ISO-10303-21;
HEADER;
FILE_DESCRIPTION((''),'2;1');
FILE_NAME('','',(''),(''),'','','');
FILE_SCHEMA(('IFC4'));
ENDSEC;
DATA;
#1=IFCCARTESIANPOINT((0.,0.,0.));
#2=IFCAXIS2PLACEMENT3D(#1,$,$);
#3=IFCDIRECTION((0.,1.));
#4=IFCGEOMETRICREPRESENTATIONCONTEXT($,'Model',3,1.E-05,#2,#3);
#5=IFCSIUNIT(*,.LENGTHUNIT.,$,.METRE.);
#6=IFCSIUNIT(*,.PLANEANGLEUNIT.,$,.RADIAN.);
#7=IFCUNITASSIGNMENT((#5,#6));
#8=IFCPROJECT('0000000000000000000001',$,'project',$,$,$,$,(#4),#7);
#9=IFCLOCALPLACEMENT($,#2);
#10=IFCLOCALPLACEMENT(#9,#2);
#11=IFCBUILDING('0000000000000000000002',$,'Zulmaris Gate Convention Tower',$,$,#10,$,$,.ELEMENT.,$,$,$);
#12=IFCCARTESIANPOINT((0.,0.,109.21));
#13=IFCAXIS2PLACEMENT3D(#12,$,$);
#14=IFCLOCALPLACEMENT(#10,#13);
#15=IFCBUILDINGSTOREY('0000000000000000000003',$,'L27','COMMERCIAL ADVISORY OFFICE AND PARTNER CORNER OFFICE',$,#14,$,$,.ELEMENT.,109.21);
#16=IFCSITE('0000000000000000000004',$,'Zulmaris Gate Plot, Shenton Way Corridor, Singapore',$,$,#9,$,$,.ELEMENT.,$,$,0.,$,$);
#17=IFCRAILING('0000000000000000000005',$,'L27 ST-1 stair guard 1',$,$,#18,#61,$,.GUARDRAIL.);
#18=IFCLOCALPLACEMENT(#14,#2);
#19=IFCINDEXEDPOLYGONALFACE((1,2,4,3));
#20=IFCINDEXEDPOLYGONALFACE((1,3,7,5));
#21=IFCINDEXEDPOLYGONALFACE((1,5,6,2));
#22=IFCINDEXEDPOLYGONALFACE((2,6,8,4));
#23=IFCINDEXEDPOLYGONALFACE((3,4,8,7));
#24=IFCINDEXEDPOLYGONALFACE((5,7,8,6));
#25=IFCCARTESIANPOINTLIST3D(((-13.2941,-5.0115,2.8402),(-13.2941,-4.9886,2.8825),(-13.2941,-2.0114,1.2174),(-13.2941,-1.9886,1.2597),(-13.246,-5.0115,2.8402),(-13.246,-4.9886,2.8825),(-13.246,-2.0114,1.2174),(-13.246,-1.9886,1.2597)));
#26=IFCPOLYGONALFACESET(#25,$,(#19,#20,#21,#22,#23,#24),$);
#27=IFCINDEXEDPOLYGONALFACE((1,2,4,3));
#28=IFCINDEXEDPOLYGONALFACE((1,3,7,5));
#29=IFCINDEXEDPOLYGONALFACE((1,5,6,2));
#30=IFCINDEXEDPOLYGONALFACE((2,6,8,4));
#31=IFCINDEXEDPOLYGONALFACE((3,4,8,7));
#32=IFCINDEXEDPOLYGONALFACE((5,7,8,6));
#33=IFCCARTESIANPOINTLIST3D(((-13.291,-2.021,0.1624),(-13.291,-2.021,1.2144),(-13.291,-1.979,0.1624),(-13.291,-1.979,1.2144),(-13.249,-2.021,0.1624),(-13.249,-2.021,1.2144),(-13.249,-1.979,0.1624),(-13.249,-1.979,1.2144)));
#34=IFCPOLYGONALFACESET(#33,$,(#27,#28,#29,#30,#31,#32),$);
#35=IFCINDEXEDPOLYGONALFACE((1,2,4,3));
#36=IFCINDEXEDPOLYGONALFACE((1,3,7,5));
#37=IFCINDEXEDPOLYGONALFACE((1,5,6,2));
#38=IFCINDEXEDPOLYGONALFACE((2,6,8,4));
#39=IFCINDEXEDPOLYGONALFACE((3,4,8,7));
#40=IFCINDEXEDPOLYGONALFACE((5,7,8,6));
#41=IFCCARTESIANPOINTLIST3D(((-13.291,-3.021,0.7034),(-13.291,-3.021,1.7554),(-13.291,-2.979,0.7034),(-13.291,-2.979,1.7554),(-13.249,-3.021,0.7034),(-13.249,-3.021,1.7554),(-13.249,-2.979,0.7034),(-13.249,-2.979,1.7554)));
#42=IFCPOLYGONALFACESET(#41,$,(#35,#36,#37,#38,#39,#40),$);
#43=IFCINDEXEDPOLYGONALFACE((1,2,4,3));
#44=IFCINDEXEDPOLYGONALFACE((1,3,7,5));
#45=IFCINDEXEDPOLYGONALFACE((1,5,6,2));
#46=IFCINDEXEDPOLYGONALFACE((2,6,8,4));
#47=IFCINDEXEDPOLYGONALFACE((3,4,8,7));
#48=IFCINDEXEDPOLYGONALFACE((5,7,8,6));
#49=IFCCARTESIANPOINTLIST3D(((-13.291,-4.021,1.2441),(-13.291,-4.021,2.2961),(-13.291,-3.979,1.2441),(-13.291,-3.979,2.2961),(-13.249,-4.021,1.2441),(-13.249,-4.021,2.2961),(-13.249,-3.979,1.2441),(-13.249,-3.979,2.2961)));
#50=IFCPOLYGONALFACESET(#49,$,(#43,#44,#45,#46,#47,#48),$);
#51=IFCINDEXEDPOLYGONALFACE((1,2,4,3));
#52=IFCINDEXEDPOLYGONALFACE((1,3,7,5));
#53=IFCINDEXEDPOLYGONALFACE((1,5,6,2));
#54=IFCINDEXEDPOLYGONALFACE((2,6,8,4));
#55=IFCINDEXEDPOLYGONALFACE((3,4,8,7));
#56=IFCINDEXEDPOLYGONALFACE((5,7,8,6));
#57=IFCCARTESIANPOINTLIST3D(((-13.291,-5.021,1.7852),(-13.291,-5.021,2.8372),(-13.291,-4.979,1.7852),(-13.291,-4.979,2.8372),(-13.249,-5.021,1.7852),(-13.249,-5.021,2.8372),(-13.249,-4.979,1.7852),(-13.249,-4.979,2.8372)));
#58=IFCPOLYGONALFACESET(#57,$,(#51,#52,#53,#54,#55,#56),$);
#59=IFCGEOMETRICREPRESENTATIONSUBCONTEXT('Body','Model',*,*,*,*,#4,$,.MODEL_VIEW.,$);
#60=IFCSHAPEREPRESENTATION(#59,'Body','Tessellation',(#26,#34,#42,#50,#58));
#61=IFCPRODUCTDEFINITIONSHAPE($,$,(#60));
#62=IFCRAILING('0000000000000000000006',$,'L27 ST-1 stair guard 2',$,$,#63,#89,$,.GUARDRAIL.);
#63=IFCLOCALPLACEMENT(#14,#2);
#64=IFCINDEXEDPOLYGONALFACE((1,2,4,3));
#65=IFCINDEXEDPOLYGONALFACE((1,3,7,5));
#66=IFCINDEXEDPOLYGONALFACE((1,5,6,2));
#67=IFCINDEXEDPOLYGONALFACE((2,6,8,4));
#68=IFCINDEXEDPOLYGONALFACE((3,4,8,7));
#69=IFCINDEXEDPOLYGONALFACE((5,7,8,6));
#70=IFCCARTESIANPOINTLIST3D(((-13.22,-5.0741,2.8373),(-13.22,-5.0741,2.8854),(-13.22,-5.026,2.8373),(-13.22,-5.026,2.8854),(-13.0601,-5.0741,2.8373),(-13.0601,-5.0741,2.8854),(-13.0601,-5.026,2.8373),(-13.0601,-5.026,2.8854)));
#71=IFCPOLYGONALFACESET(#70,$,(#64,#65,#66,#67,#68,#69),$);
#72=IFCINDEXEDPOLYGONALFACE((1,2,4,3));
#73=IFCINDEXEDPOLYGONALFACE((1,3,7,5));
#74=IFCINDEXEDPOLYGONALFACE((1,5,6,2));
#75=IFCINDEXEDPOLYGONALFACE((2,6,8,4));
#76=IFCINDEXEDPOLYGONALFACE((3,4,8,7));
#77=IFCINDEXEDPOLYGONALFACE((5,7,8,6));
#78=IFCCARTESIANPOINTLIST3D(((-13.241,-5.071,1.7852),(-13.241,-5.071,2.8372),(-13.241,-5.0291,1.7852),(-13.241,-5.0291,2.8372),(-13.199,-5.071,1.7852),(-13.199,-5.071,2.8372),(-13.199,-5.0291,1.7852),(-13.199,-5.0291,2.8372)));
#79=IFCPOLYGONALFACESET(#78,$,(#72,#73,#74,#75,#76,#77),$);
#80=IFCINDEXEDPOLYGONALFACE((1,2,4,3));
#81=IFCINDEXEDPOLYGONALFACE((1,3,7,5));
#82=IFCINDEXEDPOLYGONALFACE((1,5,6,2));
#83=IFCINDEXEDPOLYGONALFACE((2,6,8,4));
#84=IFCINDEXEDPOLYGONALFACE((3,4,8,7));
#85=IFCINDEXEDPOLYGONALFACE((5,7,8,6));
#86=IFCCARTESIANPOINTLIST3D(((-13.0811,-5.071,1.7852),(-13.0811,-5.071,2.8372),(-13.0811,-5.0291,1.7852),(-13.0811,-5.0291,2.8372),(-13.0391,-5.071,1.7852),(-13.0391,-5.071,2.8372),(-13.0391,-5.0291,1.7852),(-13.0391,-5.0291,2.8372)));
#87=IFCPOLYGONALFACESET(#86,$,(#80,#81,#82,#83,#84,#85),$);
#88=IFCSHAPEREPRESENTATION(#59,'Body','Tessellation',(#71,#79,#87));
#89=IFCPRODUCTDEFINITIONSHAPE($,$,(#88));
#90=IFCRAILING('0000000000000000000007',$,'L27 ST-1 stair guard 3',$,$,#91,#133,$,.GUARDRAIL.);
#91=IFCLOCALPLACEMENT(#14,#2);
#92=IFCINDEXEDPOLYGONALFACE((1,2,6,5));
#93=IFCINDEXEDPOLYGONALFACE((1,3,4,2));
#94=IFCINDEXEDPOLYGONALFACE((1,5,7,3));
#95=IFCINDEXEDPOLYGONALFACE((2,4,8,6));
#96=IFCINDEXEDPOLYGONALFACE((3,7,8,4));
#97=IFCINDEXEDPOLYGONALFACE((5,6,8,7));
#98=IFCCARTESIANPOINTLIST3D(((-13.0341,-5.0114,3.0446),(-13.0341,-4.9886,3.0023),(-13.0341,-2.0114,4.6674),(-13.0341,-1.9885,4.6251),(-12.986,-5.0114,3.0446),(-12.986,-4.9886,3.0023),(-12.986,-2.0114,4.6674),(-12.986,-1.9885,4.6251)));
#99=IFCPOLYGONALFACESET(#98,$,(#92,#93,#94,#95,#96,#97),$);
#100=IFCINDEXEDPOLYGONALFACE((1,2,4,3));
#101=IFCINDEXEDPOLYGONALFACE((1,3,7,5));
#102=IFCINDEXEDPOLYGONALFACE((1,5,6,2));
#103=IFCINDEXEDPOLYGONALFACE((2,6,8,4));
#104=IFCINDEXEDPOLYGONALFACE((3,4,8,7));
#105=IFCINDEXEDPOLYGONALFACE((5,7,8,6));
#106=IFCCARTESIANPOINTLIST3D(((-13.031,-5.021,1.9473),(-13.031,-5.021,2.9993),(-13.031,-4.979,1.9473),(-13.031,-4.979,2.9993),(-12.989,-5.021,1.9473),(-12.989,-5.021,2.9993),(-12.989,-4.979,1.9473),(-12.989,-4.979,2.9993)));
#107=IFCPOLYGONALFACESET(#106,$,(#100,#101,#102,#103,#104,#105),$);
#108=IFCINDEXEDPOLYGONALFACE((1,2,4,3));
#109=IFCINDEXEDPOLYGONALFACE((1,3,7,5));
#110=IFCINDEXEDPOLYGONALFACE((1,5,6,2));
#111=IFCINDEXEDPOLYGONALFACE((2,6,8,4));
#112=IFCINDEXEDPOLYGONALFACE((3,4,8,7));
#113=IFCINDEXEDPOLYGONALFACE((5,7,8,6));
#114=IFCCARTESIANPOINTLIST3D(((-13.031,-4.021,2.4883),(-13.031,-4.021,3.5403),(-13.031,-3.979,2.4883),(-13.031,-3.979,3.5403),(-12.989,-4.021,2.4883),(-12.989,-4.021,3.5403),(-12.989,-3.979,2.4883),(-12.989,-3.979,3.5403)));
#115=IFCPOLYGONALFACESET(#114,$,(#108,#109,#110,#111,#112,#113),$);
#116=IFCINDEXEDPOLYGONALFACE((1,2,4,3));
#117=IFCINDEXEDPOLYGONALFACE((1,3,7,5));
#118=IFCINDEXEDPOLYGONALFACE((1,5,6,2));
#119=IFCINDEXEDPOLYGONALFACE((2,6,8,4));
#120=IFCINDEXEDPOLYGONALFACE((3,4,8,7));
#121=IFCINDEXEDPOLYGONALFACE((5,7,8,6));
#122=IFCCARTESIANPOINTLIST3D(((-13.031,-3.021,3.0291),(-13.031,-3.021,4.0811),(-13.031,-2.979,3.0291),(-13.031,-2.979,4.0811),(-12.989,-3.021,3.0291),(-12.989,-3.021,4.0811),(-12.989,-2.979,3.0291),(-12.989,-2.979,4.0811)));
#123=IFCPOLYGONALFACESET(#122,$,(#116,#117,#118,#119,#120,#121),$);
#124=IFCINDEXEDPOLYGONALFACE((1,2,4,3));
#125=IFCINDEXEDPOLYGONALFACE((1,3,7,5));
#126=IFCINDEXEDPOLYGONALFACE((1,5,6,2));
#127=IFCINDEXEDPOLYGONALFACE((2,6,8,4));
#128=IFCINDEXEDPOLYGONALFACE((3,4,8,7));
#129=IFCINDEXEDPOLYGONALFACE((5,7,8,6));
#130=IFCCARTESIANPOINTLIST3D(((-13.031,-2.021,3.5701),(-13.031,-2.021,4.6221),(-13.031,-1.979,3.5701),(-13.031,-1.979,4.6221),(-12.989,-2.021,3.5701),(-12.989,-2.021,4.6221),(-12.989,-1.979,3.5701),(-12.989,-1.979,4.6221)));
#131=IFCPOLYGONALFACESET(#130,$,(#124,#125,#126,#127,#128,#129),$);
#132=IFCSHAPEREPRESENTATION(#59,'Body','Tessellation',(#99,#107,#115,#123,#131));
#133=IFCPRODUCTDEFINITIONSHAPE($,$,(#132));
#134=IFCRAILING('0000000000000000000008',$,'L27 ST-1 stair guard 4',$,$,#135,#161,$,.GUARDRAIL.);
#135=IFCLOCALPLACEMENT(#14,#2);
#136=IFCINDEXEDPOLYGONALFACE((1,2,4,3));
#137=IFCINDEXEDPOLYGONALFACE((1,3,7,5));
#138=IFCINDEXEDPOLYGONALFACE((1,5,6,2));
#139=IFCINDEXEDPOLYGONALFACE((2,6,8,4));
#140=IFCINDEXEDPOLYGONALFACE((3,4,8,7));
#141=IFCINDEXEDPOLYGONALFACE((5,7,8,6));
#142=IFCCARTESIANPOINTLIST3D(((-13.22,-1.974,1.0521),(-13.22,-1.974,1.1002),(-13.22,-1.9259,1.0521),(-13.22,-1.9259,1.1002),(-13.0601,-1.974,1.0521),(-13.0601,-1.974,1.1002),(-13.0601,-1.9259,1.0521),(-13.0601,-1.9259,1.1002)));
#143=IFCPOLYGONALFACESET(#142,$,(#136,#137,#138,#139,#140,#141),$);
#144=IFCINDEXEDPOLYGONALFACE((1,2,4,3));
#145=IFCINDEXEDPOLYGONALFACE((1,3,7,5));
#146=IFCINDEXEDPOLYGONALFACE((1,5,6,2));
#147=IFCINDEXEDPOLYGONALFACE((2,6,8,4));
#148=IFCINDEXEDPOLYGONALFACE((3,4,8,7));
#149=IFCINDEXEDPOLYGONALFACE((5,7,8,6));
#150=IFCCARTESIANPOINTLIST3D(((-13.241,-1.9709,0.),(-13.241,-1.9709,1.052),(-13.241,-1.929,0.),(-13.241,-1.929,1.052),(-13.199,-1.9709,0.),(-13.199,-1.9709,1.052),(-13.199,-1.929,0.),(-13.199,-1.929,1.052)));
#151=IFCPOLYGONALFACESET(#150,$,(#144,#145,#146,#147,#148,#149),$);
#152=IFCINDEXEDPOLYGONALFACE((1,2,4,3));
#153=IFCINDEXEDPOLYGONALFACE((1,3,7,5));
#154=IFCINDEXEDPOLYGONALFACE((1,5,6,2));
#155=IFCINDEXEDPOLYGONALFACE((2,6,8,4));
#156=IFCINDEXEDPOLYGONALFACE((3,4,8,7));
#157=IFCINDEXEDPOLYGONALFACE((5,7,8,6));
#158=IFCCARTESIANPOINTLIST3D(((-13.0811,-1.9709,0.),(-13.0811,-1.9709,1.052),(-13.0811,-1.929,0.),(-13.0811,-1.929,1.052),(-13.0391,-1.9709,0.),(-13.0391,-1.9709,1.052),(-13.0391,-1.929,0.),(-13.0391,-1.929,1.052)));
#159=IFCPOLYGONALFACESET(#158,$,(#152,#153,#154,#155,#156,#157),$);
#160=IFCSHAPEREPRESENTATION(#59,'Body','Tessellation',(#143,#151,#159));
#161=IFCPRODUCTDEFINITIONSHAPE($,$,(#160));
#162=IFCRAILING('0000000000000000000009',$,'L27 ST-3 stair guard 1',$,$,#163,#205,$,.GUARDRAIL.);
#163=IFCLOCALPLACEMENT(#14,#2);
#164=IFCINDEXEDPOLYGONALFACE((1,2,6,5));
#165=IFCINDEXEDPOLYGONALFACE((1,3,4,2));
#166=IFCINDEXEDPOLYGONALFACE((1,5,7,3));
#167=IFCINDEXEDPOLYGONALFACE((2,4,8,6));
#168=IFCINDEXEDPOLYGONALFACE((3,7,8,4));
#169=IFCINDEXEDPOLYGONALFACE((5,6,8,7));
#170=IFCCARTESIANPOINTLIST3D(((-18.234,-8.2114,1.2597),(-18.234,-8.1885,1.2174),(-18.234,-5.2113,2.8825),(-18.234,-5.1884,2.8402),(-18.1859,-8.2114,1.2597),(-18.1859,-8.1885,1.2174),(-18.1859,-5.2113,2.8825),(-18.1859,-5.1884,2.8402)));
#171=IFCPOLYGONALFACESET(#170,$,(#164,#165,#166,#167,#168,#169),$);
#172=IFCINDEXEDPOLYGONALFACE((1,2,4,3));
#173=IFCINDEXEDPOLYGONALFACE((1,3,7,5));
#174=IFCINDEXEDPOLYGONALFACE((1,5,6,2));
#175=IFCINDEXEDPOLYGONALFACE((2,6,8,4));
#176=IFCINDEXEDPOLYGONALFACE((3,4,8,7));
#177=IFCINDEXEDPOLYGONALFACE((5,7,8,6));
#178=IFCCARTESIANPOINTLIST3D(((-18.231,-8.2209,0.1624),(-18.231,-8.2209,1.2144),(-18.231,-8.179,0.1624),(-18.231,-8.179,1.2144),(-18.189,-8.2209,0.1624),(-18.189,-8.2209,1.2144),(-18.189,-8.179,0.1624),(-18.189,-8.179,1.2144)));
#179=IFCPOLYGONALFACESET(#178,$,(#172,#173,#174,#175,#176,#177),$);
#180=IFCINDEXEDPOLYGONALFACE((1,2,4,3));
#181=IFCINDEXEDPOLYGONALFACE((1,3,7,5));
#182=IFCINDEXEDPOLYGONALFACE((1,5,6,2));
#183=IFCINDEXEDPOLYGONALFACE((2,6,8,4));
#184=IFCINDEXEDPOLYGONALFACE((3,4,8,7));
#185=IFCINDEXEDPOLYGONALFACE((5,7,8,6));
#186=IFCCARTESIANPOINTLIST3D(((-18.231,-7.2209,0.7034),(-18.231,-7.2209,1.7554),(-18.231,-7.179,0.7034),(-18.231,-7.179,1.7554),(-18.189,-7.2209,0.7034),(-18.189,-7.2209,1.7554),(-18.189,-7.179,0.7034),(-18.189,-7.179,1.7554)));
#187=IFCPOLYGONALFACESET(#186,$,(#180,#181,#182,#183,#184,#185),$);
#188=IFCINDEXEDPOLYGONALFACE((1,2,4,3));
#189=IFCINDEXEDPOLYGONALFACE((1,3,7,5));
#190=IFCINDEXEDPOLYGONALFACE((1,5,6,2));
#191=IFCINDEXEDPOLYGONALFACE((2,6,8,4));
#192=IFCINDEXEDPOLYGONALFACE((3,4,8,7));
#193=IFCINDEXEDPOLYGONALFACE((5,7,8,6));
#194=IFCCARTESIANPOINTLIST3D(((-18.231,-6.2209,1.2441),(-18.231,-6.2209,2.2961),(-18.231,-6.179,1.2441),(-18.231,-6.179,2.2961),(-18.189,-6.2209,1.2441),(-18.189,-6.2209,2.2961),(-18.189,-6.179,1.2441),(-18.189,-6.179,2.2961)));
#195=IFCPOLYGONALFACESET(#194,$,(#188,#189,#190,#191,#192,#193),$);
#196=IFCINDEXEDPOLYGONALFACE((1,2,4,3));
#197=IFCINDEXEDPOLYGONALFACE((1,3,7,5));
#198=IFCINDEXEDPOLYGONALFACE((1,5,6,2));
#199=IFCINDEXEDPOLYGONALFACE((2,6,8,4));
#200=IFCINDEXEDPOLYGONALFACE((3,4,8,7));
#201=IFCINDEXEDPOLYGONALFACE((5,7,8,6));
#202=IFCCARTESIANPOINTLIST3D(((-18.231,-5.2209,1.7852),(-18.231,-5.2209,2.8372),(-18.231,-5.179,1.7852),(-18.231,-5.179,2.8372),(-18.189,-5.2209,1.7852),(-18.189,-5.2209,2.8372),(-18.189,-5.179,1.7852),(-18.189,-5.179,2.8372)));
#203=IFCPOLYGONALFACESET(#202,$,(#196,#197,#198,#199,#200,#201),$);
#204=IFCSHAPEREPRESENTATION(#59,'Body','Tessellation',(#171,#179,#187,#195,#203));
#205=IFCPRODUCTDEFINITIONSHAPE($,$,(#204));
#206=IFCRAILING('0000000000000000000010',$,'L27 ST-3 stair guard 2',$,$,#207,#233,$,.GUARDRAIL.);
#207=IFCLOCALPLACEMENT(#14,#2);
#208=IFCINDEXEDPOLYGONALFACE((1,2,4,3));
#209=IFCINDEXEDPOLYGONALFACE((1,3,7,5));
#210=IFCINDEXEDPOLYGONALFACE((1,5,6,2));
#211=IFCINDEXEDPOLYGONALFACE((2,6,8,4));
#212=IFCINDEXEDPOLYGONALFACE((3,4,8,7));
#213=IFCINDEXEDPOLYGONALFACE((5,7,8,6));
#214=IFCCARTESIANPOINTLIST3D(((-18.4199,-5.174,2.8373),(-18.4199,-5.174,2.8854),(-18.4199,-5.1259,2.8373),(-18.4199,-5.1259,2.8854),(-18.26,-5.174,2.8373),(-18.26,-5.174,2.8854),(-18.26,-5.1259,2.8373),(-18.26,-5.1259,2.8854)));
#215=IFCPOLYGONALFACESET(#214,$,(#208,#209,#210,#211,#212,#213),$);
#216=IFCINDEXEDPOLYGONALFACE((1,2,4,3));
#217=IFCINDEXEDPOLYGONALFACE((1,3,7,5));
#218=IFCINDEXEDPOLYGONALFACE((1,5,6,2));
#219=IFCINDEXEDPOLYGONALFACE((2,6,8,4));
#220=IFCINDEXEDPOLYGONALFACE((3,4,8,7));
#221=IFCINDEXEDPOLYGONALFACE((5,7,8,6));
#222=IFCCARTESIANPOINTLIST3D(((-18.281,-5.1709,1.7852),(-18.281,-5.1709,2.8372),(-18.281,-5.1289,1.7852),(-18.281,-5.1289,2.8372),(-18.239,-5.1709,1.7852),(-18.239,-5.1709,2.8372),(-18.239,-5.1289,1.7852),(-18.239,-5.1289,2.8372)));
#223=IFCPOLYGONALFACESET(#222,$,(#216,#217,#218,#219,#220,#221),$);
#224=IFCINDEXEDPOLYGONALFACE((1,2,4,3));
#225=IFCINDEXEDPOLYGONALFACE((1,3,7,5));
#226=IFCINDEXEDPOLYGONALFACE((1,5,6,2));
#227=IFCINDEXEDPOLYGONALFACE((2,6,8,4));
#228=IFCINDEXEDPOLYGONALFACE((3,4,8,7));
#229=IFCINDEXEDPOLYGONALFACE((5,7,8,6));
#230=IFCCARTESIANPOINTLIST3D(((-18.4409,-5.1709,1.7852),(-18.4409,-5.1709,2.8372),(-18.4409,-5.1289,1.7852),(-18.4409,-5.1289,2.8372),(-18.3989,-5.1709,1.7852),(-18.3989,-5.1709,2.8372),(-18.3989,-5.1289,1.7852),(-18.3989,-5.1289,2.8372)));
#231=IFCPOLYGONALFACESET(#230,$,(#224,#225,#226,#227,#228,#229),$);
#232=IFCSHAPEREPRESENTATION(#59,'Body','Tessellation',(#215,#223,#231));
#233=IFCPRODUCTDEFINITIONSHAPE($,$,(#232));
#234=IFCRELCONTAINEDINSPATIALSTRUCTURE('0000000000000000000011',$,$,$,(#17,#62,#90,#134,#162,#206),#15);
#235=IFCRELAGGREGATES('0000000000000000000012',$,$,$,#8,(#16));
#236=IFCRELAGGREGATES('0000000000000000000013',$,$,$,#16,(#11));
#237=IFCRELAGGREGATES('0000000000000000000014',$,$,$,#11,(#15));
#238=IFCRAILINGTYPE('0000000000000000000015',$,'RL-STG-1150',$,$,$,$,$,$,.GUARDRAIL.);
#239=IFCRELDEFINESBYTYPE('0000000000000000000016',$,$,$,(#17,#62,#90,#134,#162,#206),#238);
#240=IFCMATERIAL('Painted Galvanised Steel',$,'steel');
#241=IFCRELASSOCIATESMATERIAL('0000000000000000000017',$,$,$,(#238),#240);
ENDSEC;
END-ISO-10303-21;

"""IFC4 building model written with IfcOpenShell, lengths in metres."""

from ifc_helpers import new_model, si_unit, direction, frame, origin, origin_2d, place, context, subcontext, project, spatial, rectangle, extrude, material, type_object, element, save


model = new_model("IFC4")

# Units and contexts
model_context = context("Model", 3, precision=1e-05, world=origin(), true_north=direction((0.0, 1.0)))
body_context = subcontext(model_context, "Body", "Model", "MODEL_VIEW")
ifc_project = project(units=[si_unit("LENGTHUNIT", "METRE"), si_unit("PLANEANGLEUNIT", "RADIAN")], contexts=[model_context])

# Site, building, storey
site_placement = place(None, origin())
site = spatial("IfcSite", under=ifc_project, at=site_placement, Name="Zulmaris Gate Plot, Shenton Way Corridor, Singapore", CompositionType="ELEMENT", RefElevation=0.0)
building_placement = place(site_placement, origin())
building = spatial("IfcBuilding", under=site, at=building_placement, Name="Zulmaris Gate Convention Tower", CompositionType="ELEMENT")
storey_placement = place(building_placement, frame((0.0, 0.0, 109.21)))
storey = spatial("IfcBuildingStorey", under=building, at=storey_placement, Name="L27", Description="COMMERCIAL ADVISORY OFFICE AND PARTNER CORNER OFFICE", CompositionType="ELEMENT", Elevation=109.21)

# Railings
ifc_material_1 = material(Name="Painted Galvanised Steel", Category="steel")
railing_type_1 = type_object("IfcRailingType", Name="RL-STG-1150", PredefinedType="GUARDRAIL", material=ifc_material_1)
railing_1_placement = place(storey_placement, frame((-13.27, -2.0, 0.1624)))
element("IfcRailing", 1, at=railing_1_placement, inside=storey, type_object=railing_type_1, Name="L27 ST-1 stair guard 1", PredefinedType="GUARDRAIL", context=body_context, shape_type="SweptSolid", body=[
    extrude(rectangle(XDim=0.0481, YDim=0.0481, at=origin_2d()), frame((0.0, 0.0, 1.0762), z_axis=(0.0, -0.879562, 0.475785), x_axis=(1.0, 0.0, 0.0)), (0.0, 0.0, 1.0), 3.4109),
    extrude(rectangle(XDim=0.042, YDim=0.042, at=origin_2d()), origin(), (0.0, 0.0, 1.0), 1.052),
    extrude(rectangle(XDim=0.042, YDim=0.042, at=origin_2d()), frame((0.0, -1.0, 0.541)), (0.0, 0.0, 1.0), 1.052),
    extrude(rectangle(XDim=0.042, YDim=0.042, at=origin_2d()), frame((0.0, -2.0, 1.0818)), (0.0, 0.0, 1.0), 1.052),
    extrude(rectangle(XDim=0.042, YDim=0.042, at=origin_2d()), frame((0.0, -3.0, 1.6228)), (0.0, 0.0, 1.0), 1.052),
])
railing_2_placement = place(storey_placement, frame((-13.22, -5.05, 1.7852)))
element("IfcRailing", 2, at=railing_2_placement, inside=storey, type_object=railing_type_1, Name="L27 ST-1 stair guard 2", PredefinedType="GUARDRAIL", context=body_context, shape_type="SweptSolid", body=[
    extrude(rectangle(XDim=0.0481, YDim=0.0481, at=origin_2d()), frame((0.0, 0.0, 1.0762), z_axis=(1.0, 0.0, 0.0), x_axis=(0.0, 1.0, 0.0)), (0.0, 0.0, 1.0), 0.1599),
    extrude(rectangle(XDim=0.042, YDim=0.042, at=origin_2d()), origin(), (0.0, 0.0, 1.0), 1.052),
    extrude(rectangle(XDim=0.042, YDim=0.042, at=origin_2d()), frame((0.1599, 0.0, 0.0)), (0.0, 0.0, 1.0), 1.052),
])
railing_3_placement = place(storey_placement, frame((-13.01, -5.0, 1.9473)))
element("IfcRailing", 3, at=railing_3_placement, inside=storey, type_object=railing_type_1, Name="L27 ST-1 stair guard 3", PredefinedType="GUARDRAIL", context=body_context, shape_type="SweptSolid", body=[
    extrude(rectangle(XDim=0.0481, YDim=0.0481, at=origin_2d()), frame((0.0, 0.0, 1.0762), z_axis=(0.0, 0.879562, 0.475785), x_axis=(-1.0, 0.0, 0.0)), (0.0, 0.0, 1.0), 3.4109),
    extrude(rectangle(XDim=0.042, YDim=0.042, at=origin_2d()), origin(), (0.0, 0.0, 1.0), 1.052),
    extrude(rectangle(XDim=0.042, YDim=0.042, at=origin_2d()), frame((0.0, 1.0, 0.541)), (0.0, 0.0, 1.0), 1.052),
    extrude(rectangle(XDim=0.042, YDim=0.042, at=origin_2d()), frame((0.0, 2.0, 1.0818)), (0.0, 0.0, 1.0), 1.052),
    extrude(rectangle(XDim=0.042, YDim=0.042, at=origin_2d()), frame((0.0, 3.0, 1.6228)), (0.0, 0.0, 1.0), 1.052),
])
railing_4_placement = place(storey_placement, frame((-13.22, -1.95, 0.0)))
element("IfcRailing", 4, at=railing_4_placement, inside=storey, type_object=railing_type_1, Name="L27 ST-1 stair guard 4", PredefinedType="GUARDRAIL", context=body_context, shape_type="SweptSolid", body=[
    extrude(rectangle(XDim=0.0481, YDim=0.0481, at=origin_2d()), frame((0.0, 0.0, 1.0762), z_axis=(1.0, 0.0, 0.0), x_axis=(0.0, 1.0, 0.0)), (0.0, 0.0, 1.0), 0.1599),
    extrude(rectangle(XDim=0.042, YDim=0.042, at=origin_2d()), origin(), (0.0, 0.0, 1.0), 1.052),
    extrude(rectangle(XDim=0.042, YDim=0.042, at=origin_2d()), frame((0.1599, 0.0, 0.0)), (0.0, 0.0, 1.0), 1.052),
])
railing_5_placement = place(storey_placement, frame((-18.21, -8.2, 0.1624)))
element("IfcRailing", 5, at=railing_5_placement, inside=storey, type_object=railing_type_1, Name="L27 ST-3 stair guard 1", PredefinedType="GUARDRAIL", context=body_context, shape_type="SweptSolid", body=[
    extrude(rectangle(XDim=0.0481, YDim=0.0481, at=origin_2d()), frame((0.0, 0.0, 1.0762), z_axis=(0.0, 0.879562, 0.475785), x_axis=(-1.0, 0.0, 0.0)), (0.0, 0.0, 1.0), 3.4109),
    extrude(rectangle(XDim=0.042, YDim=0.042, at=origin_2d()), origin(), (0.0, 0.0, 1.0), 1.052),
    extrude(rectangle(XDim=0.042, YDim=0.042, at=origin_2d()), frame((0.0, 1.0, 0.541)), (0.0, 0.0, 1.0), 1.052),
    extrude(rectangle(XDim=0.042, YDim=0.042, at=origin_2d()), frame((0.0, 2.0, 1.0818)), (0.0, 0.0, 1.0), 1.052),
    extrude(rectangle(XDim=0.042, YDim=0.042, at=origin_2d()), frame((0.0, 3.0, 1.6228)), (0.0, 0.0, 1.0), 1.052),
])
railing_6_placement = place(storey_placement, frame((-18.26, -5.1499, 1.7852)))
element("IfcRailing", 6, at=railing_6_placement, inside=storey, type_object=railing_type_1, Name="L27 ST-3 stair guard 2", PredefinedType="GUARDRAIL", context=body_context, shape_type="SweptSolid", body=[
    extrude(rectangle(XDim=0.0481, YDim=0.0481, at=origin_2d()), frame((0.0, 0.0, 1.0762), z_axis=(-1.0, 0.0, 0.0), x_axis=(0.0, -1.0, 0.0)), (0.0, 0.0, 1.0), 0.1599),
    extrude(rectangle(XDim=0.042, YDim=0.042, at=origin_2d()), origin(), (0.0, 0.0, 1.0), 1.052),
    extrude(rectangle(XDim=0.042, YDim=0.042, at=origin_2d()), frame((-0.1599, 0.0, 0.0)), (0.0, 0.0, 1.0), 1.052),
])

save(model, "model.ifc")
